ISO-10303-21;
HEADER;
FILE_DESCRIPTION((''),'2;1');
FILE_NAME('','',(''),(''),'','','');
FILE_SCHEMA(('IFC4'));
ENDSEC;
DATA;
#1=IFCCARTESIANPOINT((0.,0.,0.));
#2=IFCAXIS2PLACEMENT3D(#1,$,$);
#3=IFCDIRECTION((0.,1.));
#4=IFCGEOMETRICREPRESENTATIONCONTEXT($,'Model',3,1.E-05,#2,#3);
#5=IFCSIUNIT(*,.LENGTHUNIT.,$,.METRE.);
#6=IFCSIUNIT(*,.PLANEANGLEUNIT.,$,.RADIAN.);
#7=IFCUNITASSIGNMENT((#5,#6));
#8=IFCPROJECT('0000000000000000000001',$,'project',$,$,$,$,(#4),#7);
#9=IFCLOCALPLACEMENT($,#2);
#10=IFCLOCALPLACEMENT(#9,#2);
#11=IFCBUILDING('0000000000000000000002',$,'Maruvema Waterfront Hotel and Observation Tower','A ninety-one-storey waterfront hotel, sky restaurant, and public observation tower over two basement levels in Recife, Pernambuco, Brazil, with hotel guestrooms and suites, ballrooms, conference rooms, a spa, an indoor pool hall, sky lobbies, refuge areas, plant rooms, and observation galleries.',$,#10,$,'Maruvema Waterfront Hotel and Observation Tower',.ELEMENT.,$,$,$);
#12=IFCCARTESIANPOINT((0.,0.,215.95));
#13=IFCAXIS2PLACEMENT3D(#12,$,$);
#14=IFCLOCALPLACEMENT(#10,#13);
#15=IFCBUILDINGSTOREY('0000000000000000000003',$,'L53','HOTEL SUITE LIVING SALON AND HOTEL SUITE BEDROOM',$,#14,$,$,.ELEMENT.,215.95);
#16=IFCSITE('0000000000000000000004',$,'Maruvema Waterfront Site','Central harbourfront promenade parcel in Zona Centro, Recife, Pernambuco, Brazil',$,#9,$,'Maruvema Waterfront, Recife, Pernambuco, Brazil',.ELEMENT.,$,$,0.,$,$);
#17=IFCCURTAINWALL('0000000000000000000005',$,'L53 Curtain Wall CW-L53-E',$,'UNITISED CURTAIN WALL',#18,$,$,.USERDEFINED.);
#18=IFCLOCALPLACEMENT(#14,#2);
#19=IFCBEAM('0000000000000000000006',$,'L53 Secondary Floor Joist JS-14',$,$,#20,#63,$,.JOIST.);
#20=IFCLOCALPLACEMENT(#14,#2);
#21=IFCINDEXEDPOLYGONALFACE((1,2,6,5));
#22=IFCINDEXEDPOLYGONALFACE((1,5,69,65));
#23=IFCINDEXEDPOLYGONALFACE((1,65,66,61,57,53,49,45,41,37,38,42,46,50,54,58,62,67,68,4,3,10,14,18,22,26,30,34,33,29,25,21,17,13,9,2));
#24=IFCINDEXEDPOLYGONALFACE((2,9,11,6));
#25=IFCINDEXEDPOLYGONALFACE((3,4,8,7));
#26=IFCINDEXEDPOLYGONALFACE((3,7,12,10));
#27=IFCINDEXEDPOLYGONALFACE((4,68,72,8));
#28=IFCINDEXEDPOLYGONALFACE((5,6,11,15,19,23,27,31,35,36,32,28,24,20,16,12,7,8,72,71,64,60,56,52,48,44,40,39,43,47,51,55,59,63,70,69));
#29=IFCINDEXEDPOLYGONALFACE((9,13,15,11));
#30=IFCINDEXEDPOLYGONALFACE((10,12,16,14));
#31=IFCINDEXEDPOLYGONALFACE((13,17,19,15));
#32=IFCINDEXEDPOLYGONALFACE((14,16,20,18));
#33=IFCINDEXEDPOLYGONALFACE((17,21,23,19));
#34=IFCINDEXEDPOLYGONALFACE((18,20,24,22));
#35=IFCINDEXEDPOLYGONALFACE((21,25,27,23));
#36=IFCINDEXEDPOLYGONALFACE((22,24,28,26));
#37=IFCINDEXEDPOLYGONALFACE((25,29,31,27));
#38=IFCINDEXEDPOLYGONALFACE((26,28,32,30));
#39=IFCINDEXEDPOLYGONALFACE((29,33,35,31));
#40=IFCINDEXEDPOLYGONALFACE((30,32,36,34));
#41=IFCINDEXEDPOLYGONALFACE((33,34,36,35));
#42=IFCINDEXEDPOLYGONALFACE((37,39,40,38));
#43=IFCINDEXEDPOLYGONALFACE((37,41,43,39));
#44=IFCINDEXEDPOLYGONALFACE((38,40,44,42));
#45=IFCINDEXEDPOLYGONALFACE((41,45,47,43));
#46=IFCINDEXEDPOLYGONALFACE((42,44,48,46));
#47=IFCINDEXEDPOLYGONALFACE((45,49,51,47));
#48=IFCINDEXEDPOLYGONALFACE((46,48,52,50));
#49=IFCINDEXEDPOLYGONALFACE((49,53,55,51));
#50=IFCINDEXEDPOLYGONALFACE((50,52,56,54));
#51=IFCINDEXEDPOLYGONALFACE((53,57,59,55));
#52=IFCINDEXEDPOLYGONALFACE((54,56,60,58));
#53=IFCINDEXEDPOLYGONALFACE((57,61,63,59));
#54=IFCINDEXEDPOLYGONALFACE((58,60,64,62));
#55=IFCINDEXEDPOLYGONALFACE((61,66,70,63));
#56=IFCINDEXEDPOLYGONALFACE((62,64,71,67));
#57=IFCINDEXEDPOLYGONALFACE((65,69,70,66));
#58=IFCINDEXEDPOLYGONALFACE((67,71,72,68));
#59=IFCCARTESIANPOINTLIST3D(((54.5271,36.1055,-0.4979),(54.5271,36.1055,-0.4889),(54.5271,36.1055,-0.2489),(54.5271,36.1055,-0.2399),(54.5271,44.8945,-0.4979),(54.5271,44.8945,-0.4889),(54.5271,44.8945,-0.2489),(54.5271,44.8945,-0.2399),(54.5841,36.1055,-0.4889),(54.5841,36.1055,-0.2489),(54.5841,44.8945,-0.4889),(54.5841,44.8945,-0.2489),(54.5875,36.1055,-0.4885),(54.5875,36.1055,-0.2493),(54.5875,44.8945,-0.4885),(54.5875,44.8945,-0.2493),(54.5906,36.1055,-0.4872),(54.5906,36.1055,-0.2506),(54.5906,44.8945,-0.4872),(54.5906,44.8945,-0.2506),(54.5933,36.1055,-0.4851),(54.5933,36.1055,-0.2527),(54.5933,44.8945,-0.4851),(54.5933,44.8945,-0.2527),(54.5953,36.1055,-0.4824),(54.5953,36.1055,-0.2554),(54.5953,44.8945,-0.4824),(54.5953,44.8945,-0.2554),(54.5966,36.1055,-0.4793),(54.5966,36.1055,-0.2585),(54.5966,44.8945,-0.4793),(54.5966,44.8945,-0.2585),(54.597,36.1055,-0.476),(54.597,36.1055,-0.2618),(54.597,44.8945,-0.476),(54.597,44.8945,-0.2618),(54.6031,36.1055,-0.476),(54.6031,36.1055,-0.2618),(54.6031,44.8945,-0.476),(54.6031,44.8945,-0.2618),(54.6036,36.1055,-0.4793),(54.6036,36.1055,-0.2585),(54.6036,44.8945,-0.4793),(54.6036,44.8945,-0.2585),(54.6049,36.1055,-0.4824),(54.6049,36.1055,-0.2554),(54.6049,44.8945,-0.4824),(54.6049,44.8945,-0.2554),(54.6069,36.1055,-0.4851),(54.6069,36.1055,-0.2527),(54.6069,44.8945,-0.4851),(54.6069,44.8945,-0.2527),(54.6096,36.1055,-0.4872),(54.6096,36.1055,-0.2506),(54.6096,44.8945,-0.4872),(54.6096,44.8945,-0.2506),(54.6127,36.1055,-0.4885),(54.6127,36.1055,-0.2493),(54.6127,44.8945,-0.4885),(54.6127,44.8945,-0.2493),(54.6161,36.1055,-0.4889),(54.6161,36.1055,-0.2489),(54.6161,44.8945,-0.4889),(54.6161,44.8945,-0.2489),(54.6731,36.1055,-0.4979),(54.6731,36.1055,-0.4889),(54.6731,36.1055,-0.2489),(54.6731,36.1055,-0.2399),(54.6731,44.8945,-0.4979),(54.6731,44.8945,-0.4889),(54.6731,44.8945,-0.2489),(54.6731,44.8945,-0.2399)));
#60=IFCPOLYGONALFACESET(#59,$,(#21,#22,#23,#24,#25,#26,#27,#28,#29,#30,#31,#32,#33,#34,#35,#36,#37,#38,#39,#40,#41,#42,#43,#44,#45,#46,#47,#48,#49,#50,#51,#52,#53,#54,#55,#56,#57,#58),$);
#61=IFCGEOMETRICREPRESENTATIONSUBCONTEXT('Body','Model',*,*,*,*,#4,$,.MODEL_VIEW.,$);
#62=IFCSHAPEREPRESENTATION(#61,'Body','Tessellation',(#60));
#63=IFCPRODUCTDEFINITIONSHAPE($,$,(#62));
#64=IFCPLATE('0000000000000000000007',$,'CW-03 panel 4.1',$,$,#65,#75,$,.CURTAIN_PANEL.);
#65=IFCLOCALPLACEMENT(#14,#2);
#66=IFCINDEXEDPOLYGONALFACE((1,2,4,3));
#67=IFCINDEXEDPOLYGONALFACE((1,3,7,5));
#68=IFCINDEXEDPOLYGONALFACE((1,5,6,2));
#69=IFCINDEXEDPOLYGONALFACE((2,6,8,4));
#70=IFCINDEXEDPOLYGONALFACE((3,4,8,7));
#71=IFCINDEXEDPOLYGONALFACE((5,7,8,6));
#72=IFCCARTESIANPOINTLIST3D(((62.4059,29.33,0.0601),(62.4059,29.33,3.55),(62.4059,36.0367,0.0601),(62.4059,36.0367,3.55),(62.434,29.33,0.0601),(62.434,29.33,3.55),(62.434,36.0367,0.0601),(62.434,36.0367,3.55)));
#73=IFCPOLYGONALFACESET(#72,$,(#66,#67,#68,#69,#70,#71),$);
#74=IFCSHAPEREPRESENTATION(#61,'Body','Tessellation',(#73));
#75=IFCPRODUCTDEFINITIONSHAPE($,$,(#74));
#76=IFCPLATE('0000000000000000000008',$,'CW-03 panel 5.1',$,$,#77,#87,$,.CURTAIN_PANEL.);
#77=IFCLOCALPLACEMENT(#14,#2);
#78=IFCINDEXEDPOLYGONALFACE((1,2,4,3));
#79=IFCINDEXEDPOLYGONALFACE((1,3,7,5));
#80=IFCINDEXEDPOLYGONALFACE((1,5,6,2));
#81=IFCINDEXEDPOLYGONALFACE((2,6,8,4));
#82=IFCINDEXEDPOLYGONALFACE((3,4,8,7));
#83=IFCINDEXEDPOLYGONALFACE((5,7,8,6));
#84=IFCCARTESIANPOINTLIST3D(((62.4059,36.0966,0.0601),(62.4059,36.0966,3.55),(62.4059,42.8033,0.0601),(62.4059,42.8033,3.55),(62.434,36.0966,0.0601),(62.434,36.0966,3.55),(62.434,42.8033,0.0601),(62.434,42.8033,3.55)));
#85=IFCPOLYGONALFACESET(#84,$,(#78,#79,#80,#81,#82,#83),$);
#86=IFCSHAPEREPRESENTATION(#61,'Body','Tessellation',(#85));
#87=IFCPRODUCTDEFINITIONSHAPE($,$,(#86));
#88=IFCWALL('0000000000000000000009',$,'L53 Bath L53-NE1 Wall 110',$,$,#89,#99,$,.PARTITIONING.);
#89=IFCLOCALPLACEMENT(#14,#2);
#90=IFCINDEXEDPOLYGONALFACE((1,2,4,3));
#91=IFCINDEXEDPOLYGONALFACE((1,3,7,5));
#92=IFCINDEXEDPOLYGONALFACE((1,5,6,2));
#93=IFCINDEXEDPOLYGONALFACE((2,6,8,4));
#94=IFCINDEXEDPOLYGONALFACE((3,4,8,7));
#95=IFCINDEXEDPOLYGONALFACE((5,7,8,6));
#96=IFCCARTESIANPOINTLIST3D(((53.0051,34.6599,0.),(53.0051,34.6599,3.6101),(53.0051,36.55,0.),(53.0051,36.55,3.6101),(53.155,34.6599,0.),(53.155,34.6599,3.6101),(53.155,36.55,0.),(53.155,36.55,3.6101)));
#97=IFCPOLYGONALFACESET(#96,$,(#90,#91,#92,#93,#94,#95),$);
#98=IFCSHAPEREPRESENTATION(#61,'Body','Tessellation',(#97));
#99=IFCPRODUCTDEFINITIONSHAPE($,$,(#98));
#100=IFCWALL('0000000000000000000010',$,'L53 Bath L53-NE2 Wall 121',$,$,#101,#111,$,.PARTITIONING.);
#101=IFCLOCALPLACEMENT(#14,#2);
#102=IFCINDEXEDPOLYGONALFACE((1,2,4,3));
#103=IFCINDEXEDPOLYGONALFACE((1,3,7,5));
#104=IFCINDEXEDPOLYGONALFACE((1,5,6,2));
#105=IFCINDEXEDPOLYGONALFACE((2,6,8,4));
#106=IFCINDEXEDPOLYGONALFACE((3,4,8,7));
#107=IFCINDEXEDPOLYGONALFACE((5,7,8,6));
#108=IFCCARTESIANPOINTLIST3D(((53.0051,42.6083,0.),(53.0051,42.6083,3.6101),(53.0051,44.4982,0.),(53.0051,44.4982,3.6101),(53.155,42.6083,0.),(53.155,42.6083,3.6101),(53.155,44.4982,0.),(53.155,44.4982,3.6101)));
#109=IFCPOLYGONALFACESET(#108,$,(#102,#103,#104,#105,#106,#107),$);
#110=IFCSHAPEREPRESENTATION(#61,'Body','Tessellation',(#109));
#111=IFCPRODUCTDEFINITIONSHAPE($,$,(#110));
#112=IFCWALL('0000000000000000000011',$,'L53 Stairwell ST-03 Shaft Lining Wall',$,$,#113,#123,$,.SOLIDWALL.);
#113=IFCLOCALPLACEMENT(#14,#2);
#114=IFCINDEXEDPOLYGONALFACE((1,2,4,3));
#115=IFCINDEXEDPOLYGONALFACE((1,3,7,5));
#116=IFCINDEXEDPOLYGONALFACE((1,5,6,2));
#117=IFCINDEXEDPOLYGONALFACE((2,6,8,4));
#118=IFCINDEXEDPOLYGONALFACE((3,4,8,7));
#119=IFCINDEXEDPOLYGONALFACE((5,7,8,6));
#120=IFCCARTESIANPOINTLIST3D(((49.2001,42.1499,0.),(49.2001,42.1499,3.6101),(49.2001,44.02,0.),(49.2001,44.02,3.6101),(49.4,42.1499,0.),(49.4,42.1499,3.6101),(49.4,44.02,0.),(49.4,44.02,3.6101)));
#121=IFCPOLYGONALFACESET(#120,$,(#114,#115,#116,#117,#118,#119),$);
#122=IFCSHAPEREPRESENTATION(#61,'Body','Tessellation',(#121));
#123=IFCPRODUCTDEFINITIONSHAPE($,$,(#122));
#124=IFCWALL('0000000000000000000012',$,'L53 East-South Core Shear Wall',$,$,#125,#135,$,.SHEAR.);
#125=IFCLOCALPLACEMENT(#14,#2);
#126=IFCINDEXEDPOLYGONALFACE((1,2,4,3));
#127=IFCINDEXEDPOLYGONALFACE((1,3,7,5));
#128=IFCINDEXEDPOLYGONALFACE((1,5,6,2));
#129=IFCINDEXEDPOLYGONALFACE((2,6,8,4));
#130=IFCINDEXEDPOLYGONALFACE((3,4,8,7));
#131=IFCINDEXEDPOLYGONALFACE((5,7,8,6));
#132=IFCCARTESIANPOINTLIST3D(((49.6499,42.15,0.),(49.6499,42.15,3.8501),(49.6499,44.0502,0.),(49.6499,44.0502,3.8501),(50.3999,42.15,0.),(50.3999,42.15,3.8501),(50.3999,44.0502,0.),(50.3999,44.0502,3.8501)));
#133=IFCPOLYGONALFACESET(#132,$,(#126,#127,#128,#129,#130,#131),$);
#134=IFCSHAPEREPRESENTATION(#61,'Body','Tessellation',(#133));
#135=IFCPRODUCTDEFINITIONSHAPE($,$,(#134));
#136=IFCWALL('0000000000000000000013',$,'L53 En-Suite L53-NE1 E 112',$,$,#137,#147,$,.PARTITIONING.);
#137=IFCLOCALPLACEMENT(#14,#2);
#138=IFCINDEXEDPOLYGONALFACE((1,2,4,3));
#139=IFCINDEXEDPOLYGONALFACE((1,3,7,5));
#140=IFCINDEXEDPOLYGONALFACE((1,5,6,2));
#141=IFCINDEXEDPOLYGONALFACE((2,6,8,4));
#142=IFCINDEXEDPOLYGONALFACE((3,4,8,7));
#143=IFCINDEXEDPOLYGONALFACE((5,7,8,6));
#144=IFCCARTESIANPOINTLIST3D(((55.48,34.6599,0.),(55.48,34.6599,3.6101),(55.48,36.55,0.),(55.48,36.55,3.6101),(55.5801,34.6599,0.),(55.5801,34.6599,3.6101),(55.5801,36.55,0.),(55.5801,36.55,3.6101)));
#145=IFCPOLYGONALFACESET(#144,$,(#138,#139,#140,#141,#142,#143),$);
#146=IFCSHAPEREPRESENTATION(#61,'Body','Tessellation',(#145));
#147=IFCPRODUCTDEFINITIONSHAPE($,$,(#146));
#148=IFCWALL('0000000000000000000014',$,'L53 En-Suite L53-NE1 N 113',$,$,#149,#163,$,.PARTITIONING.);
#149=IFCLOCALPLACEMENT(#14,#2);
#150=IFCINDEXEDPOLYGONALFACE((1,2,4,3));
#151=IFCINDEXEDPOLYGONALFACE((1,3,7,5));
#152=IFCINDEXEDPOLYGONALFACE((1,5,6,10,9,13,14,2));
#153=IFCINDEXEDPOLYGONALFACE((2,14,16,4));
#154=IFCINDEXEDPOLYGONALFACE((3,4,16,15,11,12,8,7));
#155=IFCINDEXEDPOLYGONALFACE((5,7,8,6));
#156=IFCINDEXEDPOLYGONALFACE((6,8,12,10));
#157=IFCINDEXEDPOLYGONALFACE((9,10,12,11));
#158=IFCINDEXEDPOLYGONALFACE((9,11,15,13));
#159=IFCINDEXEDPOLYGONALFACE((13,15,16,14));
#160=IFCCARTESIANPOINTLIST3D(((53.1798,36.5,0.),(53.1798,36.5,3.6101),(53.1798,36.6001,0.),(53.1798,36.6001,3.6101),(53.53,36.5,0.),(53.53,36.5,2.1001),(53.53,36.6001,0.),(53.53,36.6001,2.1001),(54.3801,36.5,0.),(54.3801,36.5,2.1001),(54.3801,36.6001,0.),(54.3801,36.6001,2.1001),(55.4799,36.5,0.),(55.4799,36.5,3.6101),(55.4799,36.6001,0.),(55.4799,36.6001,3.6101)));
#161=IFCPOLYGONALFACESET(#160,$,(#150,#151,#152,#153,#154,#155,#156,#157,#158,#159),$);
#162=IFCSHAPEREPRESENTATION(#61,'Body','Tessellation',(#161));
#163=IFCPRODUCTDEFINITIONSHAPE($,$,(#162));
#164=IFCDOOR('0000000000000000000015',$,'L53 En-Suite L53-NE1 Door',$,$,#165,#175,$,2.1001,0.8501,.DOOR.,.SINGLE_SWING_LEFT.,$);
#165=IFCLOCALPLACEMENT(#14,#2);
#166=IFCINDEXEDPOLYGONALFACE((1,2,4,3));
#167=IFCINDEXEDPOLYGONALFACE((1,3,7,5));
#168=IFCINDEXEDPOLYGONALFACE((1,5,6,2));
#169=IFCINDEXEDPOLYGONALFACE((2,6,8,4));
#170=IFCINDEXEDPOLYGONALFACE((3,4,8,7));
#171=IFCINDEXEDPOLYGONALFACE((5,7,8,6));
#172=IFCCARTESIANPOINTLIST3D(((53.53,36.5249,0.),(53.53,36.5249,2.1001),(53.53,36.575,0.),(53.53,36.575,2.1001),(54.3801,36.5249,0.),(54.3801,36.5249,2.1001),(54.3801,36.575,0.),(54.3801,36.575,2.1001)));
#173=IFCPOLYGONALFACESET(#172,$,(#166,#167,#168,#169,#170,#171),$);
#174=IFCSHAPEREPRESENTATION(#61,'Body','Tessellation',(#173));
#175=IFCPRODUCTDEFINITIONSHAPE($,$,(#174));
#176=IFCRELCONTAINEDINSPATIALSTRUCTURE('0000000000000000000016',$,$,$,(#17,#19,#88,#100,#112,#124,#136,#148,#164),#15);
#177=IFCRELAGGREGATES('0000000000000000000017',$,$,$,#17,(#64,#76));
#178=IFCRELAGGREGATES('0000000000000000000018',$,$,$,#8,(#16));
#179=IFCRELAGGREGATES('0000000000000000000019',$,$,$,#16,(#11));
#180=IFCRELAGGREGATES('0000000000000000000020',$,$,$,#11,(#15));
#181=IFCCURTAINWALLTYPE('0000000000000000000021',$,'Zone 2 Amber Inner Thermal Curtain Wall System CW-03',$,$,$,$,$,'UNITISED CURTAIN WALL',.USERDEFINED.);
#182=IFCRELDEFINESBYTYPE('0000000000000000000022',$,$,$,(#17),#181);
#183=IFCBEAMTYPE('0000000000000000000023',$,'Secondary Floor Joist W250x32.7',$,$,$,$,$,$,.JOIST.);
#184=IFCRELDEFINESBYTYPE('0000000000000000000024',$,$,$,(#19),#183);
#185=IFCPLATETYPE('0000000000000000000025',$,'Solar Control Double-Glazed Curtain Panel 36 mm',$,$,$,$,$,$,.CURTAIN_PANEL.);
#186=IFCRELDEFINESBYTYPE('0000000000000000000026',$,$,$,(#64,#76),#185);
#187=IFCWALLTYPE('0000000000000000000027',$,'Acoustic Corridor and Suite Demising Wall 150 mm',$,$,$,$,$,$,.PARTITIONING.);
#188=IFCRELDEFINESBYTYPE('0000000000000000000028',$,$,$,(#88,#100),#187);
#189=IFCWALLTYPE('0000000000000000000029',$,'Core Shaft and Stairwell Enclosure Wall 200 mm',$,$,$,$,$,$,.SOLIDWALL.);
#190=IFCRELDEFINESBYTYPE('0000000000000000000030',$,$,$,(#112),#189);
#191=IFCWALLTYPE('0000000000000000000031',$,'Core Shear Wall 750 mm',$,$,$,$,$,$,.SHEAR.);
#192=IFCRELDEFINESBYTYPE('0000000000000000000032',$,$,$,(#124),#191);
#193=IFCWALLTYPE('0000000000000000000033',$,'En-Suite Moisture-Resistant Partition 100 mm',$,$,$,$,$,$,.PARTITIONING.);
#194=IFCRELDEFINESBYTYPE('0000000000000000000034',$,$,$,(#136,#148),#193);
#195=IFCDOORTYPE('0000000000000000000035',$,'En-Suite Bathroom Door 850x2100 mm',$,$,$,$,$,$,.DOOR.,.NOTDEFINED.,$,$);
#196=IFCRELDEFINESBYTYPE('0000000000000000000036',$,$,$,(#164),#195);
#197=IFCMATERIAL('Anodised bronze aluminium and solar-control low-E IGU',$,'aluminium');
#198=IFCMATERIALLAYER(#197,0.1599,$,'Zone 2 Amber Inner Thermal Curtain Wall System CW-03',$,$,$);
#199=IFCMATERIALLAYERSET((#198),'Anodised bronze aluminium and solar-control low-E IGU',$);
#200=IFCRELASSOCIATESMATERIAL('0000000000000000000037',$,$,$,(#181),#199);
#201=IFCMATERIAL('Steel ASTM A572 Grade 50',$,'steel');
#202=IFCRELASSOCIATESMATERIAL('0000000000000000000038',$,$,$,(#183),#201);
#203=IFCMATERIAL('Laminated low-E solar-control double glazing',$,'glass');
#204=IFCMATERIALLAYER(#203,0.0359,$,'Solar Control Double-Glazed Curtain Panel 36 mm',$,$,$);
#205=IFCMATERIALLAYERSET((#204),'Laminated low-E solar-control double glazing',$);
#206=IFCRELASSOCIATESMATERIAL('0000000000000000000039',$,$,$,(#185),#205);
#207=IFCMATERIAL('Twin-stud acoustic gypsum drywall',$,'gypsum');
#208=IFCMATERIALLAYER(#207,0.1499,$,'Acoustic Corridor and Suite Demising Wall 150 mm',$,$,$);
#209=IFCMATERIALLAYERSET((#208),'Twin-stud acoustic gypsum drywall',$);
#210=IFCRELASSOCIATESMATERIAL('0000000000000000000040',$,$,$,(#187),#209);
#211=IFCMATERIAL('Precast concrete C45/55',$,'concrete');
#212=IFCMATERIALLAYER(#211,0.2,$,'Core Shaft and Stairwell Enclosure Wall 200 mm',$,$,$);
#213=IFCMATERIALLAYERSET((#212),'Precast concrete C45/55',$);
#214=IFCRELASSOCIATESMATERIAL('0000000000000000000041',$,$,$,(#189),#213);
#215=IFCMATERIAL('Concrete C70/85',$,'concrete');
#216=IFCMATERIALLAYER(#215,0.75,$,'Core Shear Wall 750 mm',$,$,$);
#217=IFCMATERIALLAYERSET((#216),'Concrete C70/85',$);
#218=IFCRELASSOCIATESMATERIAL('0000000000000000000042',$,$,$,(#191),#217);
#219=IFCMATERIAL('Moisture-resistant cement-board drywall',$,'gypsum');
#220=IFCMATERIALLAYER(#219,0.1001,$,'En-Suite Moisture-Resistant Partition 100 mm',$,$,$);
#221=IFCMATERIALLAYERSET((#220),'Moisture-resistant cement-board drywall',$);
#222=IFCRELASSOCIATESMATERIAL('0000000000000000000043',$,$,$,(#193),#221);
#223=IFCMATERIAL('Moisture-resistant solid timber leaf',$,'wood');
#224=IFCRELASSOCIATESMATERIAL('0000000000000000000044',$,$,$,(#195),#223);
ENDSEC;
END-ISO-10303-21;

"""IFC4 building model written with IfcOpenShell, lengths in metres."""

from ifc_helpers import new_model, si_unit, direction, frame, frame_2d, origin, origin_2d, place, context, subcontext, project, spatial, rectangle, i_section, extrude, material, layer, layer_set, material_profile, profile_set, type_object, element, fill, aggregate, save


model = new_model("IFC4")

# Units and contexts
model_context = context("Model", 3, precision=1e-05, world=origin(), true_north=direction((0.0, 1.0)))
body_context = subcontext(model_context, "Body", "Model", "MODEL_VIEW")
ifc_project = project(units=[si_unit("LENGTHUNIT", "METRE"), si_unit("PLANEANGLEUNIT", "RADIAN")], contexts=[model_context])

# Site, building, storey
site_placement = place(None, origin())
site = spatial("IfcSite", under=ifc_project, at=site_placement, Name="Maruvema Waterfront Site", Description="Central harbourfront promenade parcel in Zona Centro, Recife, Pernambuco, Brazil", LongName="Maruvema Waterfront, Recife, Pernambuco, Brazil", CompositionType="ELEMENT", RefElevation=0.0)
building_placement = place(site_placement, origin())
building = spatial("IfcBuilding", under=site, at=building_placement, Name="Maruvema Waterfront Hotel and Observation Tower", Description="A ninety-one-storey waterfront hotel, sky restaurant, and public observation tower over two basement levels in Recife, Pernambuco, Brazil, with hotel guestrooms and suites, ballrooms, conference rooms, a spa, an indoor pool hall, sky lobbies, refuge areas, plant rooms, and observation galleries.", LongName="Maruvema Waterfront Hotel and Observation Tower", CompositionType="ELEMENT")
storey_placement = place(building_placement, frame((0.0, 0.0, 215.95)))
storey = spatial("IfcBuildingStorey", under=building, at=storey_placement, Name="L53", Description="HOTEL SUITE LIVING SALON AND HOTEL SUITE BEDROOM", CompositionType="ELEMENT", Elevation=215.95)

# Curtain wall
ifc_material_1 = material(Name="Anodised bronze aluminium and solar-control low-E IGU", Category="aluminium")
ifc_layer_1 = layer(ifc_material_1, 0.1599, Name="Zone 2 Amber Inner Thermal Curtain Wall System CW-03")
ifc_layer_set_1 = layer_set([ifc_layer_1], Name="Anodised bronze aluminium and solar-control low-E IGU")
curtain_wall_type = type_object("IfcCurtainWallType", Name="Zone 2 Amber Inner Thermal Curtain Wall System CW-03", ElementType="UNITISED CURTAIN WALL", PredefinedType="USERDEFINED", material=ifc_layer_set_1)
curtain_wall_placement = place(storey_placement, origin())
curtain_wall = element("IfcCurtainWall", 1, at=curtain_wall_placement, inside=storey, type_object=curtain_wall_type, Name="L53 Curtain Wall CW-L53-E", ObjectType="UNITISED CURTAIN WALL", PredefinedType="USERDEFINED")

# Beam
ifc_material_2 = material(Name="Steel ASTM A572 Grade 50", Category="steel")
ifc_material_profile_1 = material_profile(ifc_material_2, i_section(OverallWidth=0.146, OverallDepth=0.2581, WebThickness=0.0061, FlangeThickness=0.009, FilletRadius=0.0129, at=origin_2d()), Name="W250x32.7")
ifc_profile_set_1 = profile_set([ifc_material_profile_1], Name="Steel ASTM A572 Grade 50")
beam_type_1 = type_object("IfcBeamType", Name="Secondary Floor Joist W250x32.7", PredefinedType="JOIST", material=ifc_profile_set_1)
beam_1_placement = place(storey_placement, frame((54.6001, 36.1055, -0.3689), z_axis=(0.0, 1.0, 0.0), x_axis=(-1.0, 0.0, 0.0)))
element("IfcBeam", 2, at=beam_1_placement, inside=storey, type_object=beam_type_1, Name="L53 Secondary Floor Joist JS-14", PredefinedType="JOIST", context=body_context, shape_type="SweptSolid", body=[
    extrude(i_section(OverallWidth=0.146, OverallDepth=0.2581, WebThickness=0.0061, FlangeThickness=0.009, FilletRadius=0.0129, at=origin_2d()), origin(), (0.0, 0.0, 1.0), 8.7891),
])

# Plates
ifc_material_3 = material(Name="Laminated low-E solar-control double glazing", Category="glass")
ifc_layer_2 = layer(ifc_material_3, 0.0359, Name="Solar Control Double-Glazed Curtain Panel 36 mm")
ifc_layer_set_2 = layer_set([ifc_layer_2], Name="Laminated low-E solar-control double glazing")
plate_type = type_object("IfcPlateType", Name="Solar Control Double-Glazed Curtain Panel 36 mm", PredefinedType="CURTAIN_PANEL", material=ifc_layer_set_2)
plate_1_placement = place(storey_placement, frame((62.4199, 32.6833, 0.0601), z_axis=(0.0, 0.0, 1.0), x_axis=(0.0, 1.0, 0.0)))
plate_1 = element("IfcPlate", 3, at=plate_1_placement, type_object=plate_type, Name="CW-03 panel 4.1", PredefinedType="CURTAIN_PANEL", context=body_context, shape_type="SweptSolid", body=[
    extrude(rectangle(XDim=6.7068, YDim=0.0281, at=origin_2d()), origin(), (0.0, 0.0, 1.0), 3.49),
])
plate_2_placement = place(storey_placement, frame((62.4199, 39.45, 0.0601), z_axis=(0.0, 0.0, 1.0), x_axis=(0.0, 1.0, 0.0)))
plate_2 = element("IfcPlate", 4, at=plate_2_placement, type_object=plate_type, Name="CW-03 panel 5.1", PredefinedType="CURTAIN_PANEL", context=body_context, shape_type="SweptSolid", body=[
    extrude(rectangle(XDim=6.7068, YDim=0.0281, at=origin_2d()), origin(), (0.0, 0.0, 1.0), 3.49),
])
aggregate(curtain_wall, [plate_1, plate_2])

# Wall
ifc_material_4 = material(Name="Twin-stud acoustic gypsum drywall", Category="gypsum")
ifc_layer_3 = layer(ifc_material_4, 0.1499, Name="Acoustic Corridor and Suite Demising Wall 150 mm")
ifc_layer_set_3 = layer_set([ifc_layer_3], Name="Twin-stud acoustic gypsum drywall")
wall_type_1 = type_object("IfcWallType", Name="Acoustic Corridor and Suite Demising Wall 150 mm", PredefinedType="PARTITIONING", material=ifc_layer_set_3)
wall_1_placement = place(storey_placement, frame((53.0801, 34.6599, 0.0), z_axis=(0.0, 0.0, 1.0), x_axis=(0.0, 1.0, 0.0)))
element("IfcWall", 5, at=wall_1_placement, inside=storey, type_object=wall_type_1, Name="L53 Bath L53-NE1 Wall 110", PredefinedType="PARTITIONING", context=body_context, shape_type="SweptSolid", body=[
    extrude(rectangle(XDim=1.8901, YDim=0.1499, at=frame_2d((0.9451, 0.0))), origin(), (0.0, 0.0, 1.0), 3.6101),
])

# Walls
wall_2_placement = place(storey_placement, frame((53.0801, 42.6084, 0.0), z_axis=(0.0, 0.0, 1.0), x_axis=(0.0, 1.0, 0.0)))
element("IfcWall", 6, at=wall_2_placement, inside=storey, type_object=wall_type_1, Name="L53 Bath L53-NE2 Wall 121", PredefinedType="PARTITIONING", context=body_context, shape_type="SweptSolid", body=[
    extrude(rectangle(XDim=1.8899, YDim=0.1499, at=frame_2d((0.9448, 0.0))), origin(), (0.0, 0.0, 1.0), 3.6101),
])
ifc_material_5 = material(Name="Precast concrete C45/55", Category="concrete")
ifc_layer_4 = layer(ifc_material_5, 0.2, Name="Core Shaft and Stairwell Enclosure Wall 200 mm")
ifc_layer_set_4 = layer_set([ifc_layer_4], Name="Precast concrete C45/55")
wall_type_2 = type_object("IfcWallType", Name="Core Shaft and Stairwell Enclosure Wall 200 mm", PredefinedType="SOLIDWALL", material=ifc_layer_set_4)
wall_3_placement = place(storey_placement, frame((49.3, 42.1499, 0.0), z_axis=(0.0, 0.0, 1.0), x_axis=(0.0, 1.0, 0.0)))
element("IfcWall", 7, at=wall_3_placement, inside=storey, type_object=wall_type_2, Name="L53 Stairwell ST-03 Shaft Lining Wall", PredefinedType="SOLIDWALL", context=body_context, shape_type="SweptSolid", body=[
    extrude(rectangle(XDim=1.8701, YDim=0.2, at=frame_2d((0.9351, 0.0))), origin(), (0.0, 0.0, 1.0), 3.6101),
])
ifc_material_6 = material(Name="Concrete C70/85", Category="concrete")
ifc_layer_5 = layer(ifc_material_6, 0.75, Name="Core Shear Wall 750 mm")
ifc_layer_set_5 = layer_set([ifc_layer_5], Name="Concrete C70/85")
wall_type_3 = type_object("IfcWallType", Name="Core Shear Wall 750 mm", PredefinedType="SHEAR", material=ifc_layer_set_5)
wall_4_placement = place(storey_placement, frame((50.0249, 42.1499, 0.0), z_axis=(0.0, 0.0, 1.0), x_axis=(0.0, 1.0, 0.0)))
element("IfcWall", 8, at=wall_4_placement, inside=storey, type_object=wall_type_3, Name="L53 East-South Core Shear Wall", PredefinedType="SHEAR", context=body_context, shape_type="SweptSolid", body=[
    extrude(rectangle(XDim=1.9001, YDim=0.75, at=frame_2d((0.9502, 0.0))), origin(), (0.0, 0.0, 1.0), 3.8501),
])
ifc_material_7 = material(Name="Moisture-resistant cement-board drywall", Category="gypsum")
ifc_layer_6 = layer(ifc_material_7, 0.1001, Name="En-Suite Moisture-Resistant Partition 100 mm")
ifc_layer_set_6 = layer_set([ifc_layer_6], Name="Moisture-resistant cement-board drywall")
wall_type_4 = type_object("IfcWallType", Name="En-Suite Moisture-Resistant Partition 100 mm", PredefinedType="PARTITIONING", material=ifc_layer_set_6)
wall_5_placement = place(storey_placement, frame((55.53, 34.6599, 0.0), z_axis=(0.0, 0.0, 1.0), x_axis=(0.0, 1.0, 0.0)))
element("IfcWall", 9, at=wall_5_placement, inside=storey, type_object=wall_type_4, Name="L53 En-Suite L53-NE1 E 112", PredefinedType="PARTITIONING", context=body_context, shape_type="SweptSolid", body=[
    extrude(rectangle(XDim=1.8901, YDim=0.1001, at=frame_2d((0.9451, 0.0))), origin(), (0.0, 0.0, 1.0), 3.6101),
])

# Wall, opening, door
wall_6_placement = place(storey_placement, frame((53.1799, 36.55, 0.0), z_axis=(0.0, 0.0, 1.0), x_axis=(1.0, 0.0, 0.0)))
wall_6 = element("IfcWall", 10, at=wall_6_placement, inside=storey, type_object=wall_type_4, Name="L53 En-Suite L53-NE1 N 113", PredefinedType="PARTITIONING", context=body_context, shape_type="SweptSolid", body=[
    extrude(rectangle(XDim=2.3, YDim=0.1001, at=frame_2d((1.1499, 0.0))), origin(), (0.0, 0.0, 1.0), 3.6101),
])
opening_1_placement = place(wall_6_placement, frame((0.3501, 0.0, 0.0)))
opening_1 = element("IfcOpeningElement", 11, at=opening_1_placement, cuts=wall_6, PredefinedType="OPENING", context=body_context, shape_type="SweptSolid", body=[
    extrude(rectangle(XDim=0.8501, YDim=2.1001, at=frame_2d((0.425, 1.05))), frame((0.0, 0.0601, 0.0), z_axis=(0.0, -1.0, 0.0), x_axis=(1.0, 0.0, 0.0)), (0.0, 0.0, 1.0), 0.1201),
])
ifc_material_8 = material(Name="Moisture-resistant solid timber leaf", Category="wood")
door_type_1 = type_object("IfcDoorType", Name="En-Suite Bathroom Door 850x2100 mm", OperationType="NOTDEFINED", PredefinedType="DOOR", material=ifc_material_8)
door_1_placement = place(opening_1_placement, origin())
door_1 = element("IfcDoor", 12, at=door_1_placement, inside=storey, type_object=door_type_1, Name="L53 En-Suite L53-NE1 Door", OperationType="SINGLE_SWING_LEFT", OverallHeight=2.1001, OverallWidth=0.8501, PredefinedType="DOOR", context=body_context, shape_type="SweptSolid", body=[
    extrude(rectangle(XDim=0.8501, YDim=2.1001, at=frame_2d((0.425, 1.05))), frame((0.0, 0.0249, 0.0), z_axis=(0.0, -1.0, 0.0), x_axis=(1.0, 0.0, 0.0)), (0.0, 0.0, 1.0), 0.05),
])
fill(opening_1, door_1)

save(model, "model.ifc")
